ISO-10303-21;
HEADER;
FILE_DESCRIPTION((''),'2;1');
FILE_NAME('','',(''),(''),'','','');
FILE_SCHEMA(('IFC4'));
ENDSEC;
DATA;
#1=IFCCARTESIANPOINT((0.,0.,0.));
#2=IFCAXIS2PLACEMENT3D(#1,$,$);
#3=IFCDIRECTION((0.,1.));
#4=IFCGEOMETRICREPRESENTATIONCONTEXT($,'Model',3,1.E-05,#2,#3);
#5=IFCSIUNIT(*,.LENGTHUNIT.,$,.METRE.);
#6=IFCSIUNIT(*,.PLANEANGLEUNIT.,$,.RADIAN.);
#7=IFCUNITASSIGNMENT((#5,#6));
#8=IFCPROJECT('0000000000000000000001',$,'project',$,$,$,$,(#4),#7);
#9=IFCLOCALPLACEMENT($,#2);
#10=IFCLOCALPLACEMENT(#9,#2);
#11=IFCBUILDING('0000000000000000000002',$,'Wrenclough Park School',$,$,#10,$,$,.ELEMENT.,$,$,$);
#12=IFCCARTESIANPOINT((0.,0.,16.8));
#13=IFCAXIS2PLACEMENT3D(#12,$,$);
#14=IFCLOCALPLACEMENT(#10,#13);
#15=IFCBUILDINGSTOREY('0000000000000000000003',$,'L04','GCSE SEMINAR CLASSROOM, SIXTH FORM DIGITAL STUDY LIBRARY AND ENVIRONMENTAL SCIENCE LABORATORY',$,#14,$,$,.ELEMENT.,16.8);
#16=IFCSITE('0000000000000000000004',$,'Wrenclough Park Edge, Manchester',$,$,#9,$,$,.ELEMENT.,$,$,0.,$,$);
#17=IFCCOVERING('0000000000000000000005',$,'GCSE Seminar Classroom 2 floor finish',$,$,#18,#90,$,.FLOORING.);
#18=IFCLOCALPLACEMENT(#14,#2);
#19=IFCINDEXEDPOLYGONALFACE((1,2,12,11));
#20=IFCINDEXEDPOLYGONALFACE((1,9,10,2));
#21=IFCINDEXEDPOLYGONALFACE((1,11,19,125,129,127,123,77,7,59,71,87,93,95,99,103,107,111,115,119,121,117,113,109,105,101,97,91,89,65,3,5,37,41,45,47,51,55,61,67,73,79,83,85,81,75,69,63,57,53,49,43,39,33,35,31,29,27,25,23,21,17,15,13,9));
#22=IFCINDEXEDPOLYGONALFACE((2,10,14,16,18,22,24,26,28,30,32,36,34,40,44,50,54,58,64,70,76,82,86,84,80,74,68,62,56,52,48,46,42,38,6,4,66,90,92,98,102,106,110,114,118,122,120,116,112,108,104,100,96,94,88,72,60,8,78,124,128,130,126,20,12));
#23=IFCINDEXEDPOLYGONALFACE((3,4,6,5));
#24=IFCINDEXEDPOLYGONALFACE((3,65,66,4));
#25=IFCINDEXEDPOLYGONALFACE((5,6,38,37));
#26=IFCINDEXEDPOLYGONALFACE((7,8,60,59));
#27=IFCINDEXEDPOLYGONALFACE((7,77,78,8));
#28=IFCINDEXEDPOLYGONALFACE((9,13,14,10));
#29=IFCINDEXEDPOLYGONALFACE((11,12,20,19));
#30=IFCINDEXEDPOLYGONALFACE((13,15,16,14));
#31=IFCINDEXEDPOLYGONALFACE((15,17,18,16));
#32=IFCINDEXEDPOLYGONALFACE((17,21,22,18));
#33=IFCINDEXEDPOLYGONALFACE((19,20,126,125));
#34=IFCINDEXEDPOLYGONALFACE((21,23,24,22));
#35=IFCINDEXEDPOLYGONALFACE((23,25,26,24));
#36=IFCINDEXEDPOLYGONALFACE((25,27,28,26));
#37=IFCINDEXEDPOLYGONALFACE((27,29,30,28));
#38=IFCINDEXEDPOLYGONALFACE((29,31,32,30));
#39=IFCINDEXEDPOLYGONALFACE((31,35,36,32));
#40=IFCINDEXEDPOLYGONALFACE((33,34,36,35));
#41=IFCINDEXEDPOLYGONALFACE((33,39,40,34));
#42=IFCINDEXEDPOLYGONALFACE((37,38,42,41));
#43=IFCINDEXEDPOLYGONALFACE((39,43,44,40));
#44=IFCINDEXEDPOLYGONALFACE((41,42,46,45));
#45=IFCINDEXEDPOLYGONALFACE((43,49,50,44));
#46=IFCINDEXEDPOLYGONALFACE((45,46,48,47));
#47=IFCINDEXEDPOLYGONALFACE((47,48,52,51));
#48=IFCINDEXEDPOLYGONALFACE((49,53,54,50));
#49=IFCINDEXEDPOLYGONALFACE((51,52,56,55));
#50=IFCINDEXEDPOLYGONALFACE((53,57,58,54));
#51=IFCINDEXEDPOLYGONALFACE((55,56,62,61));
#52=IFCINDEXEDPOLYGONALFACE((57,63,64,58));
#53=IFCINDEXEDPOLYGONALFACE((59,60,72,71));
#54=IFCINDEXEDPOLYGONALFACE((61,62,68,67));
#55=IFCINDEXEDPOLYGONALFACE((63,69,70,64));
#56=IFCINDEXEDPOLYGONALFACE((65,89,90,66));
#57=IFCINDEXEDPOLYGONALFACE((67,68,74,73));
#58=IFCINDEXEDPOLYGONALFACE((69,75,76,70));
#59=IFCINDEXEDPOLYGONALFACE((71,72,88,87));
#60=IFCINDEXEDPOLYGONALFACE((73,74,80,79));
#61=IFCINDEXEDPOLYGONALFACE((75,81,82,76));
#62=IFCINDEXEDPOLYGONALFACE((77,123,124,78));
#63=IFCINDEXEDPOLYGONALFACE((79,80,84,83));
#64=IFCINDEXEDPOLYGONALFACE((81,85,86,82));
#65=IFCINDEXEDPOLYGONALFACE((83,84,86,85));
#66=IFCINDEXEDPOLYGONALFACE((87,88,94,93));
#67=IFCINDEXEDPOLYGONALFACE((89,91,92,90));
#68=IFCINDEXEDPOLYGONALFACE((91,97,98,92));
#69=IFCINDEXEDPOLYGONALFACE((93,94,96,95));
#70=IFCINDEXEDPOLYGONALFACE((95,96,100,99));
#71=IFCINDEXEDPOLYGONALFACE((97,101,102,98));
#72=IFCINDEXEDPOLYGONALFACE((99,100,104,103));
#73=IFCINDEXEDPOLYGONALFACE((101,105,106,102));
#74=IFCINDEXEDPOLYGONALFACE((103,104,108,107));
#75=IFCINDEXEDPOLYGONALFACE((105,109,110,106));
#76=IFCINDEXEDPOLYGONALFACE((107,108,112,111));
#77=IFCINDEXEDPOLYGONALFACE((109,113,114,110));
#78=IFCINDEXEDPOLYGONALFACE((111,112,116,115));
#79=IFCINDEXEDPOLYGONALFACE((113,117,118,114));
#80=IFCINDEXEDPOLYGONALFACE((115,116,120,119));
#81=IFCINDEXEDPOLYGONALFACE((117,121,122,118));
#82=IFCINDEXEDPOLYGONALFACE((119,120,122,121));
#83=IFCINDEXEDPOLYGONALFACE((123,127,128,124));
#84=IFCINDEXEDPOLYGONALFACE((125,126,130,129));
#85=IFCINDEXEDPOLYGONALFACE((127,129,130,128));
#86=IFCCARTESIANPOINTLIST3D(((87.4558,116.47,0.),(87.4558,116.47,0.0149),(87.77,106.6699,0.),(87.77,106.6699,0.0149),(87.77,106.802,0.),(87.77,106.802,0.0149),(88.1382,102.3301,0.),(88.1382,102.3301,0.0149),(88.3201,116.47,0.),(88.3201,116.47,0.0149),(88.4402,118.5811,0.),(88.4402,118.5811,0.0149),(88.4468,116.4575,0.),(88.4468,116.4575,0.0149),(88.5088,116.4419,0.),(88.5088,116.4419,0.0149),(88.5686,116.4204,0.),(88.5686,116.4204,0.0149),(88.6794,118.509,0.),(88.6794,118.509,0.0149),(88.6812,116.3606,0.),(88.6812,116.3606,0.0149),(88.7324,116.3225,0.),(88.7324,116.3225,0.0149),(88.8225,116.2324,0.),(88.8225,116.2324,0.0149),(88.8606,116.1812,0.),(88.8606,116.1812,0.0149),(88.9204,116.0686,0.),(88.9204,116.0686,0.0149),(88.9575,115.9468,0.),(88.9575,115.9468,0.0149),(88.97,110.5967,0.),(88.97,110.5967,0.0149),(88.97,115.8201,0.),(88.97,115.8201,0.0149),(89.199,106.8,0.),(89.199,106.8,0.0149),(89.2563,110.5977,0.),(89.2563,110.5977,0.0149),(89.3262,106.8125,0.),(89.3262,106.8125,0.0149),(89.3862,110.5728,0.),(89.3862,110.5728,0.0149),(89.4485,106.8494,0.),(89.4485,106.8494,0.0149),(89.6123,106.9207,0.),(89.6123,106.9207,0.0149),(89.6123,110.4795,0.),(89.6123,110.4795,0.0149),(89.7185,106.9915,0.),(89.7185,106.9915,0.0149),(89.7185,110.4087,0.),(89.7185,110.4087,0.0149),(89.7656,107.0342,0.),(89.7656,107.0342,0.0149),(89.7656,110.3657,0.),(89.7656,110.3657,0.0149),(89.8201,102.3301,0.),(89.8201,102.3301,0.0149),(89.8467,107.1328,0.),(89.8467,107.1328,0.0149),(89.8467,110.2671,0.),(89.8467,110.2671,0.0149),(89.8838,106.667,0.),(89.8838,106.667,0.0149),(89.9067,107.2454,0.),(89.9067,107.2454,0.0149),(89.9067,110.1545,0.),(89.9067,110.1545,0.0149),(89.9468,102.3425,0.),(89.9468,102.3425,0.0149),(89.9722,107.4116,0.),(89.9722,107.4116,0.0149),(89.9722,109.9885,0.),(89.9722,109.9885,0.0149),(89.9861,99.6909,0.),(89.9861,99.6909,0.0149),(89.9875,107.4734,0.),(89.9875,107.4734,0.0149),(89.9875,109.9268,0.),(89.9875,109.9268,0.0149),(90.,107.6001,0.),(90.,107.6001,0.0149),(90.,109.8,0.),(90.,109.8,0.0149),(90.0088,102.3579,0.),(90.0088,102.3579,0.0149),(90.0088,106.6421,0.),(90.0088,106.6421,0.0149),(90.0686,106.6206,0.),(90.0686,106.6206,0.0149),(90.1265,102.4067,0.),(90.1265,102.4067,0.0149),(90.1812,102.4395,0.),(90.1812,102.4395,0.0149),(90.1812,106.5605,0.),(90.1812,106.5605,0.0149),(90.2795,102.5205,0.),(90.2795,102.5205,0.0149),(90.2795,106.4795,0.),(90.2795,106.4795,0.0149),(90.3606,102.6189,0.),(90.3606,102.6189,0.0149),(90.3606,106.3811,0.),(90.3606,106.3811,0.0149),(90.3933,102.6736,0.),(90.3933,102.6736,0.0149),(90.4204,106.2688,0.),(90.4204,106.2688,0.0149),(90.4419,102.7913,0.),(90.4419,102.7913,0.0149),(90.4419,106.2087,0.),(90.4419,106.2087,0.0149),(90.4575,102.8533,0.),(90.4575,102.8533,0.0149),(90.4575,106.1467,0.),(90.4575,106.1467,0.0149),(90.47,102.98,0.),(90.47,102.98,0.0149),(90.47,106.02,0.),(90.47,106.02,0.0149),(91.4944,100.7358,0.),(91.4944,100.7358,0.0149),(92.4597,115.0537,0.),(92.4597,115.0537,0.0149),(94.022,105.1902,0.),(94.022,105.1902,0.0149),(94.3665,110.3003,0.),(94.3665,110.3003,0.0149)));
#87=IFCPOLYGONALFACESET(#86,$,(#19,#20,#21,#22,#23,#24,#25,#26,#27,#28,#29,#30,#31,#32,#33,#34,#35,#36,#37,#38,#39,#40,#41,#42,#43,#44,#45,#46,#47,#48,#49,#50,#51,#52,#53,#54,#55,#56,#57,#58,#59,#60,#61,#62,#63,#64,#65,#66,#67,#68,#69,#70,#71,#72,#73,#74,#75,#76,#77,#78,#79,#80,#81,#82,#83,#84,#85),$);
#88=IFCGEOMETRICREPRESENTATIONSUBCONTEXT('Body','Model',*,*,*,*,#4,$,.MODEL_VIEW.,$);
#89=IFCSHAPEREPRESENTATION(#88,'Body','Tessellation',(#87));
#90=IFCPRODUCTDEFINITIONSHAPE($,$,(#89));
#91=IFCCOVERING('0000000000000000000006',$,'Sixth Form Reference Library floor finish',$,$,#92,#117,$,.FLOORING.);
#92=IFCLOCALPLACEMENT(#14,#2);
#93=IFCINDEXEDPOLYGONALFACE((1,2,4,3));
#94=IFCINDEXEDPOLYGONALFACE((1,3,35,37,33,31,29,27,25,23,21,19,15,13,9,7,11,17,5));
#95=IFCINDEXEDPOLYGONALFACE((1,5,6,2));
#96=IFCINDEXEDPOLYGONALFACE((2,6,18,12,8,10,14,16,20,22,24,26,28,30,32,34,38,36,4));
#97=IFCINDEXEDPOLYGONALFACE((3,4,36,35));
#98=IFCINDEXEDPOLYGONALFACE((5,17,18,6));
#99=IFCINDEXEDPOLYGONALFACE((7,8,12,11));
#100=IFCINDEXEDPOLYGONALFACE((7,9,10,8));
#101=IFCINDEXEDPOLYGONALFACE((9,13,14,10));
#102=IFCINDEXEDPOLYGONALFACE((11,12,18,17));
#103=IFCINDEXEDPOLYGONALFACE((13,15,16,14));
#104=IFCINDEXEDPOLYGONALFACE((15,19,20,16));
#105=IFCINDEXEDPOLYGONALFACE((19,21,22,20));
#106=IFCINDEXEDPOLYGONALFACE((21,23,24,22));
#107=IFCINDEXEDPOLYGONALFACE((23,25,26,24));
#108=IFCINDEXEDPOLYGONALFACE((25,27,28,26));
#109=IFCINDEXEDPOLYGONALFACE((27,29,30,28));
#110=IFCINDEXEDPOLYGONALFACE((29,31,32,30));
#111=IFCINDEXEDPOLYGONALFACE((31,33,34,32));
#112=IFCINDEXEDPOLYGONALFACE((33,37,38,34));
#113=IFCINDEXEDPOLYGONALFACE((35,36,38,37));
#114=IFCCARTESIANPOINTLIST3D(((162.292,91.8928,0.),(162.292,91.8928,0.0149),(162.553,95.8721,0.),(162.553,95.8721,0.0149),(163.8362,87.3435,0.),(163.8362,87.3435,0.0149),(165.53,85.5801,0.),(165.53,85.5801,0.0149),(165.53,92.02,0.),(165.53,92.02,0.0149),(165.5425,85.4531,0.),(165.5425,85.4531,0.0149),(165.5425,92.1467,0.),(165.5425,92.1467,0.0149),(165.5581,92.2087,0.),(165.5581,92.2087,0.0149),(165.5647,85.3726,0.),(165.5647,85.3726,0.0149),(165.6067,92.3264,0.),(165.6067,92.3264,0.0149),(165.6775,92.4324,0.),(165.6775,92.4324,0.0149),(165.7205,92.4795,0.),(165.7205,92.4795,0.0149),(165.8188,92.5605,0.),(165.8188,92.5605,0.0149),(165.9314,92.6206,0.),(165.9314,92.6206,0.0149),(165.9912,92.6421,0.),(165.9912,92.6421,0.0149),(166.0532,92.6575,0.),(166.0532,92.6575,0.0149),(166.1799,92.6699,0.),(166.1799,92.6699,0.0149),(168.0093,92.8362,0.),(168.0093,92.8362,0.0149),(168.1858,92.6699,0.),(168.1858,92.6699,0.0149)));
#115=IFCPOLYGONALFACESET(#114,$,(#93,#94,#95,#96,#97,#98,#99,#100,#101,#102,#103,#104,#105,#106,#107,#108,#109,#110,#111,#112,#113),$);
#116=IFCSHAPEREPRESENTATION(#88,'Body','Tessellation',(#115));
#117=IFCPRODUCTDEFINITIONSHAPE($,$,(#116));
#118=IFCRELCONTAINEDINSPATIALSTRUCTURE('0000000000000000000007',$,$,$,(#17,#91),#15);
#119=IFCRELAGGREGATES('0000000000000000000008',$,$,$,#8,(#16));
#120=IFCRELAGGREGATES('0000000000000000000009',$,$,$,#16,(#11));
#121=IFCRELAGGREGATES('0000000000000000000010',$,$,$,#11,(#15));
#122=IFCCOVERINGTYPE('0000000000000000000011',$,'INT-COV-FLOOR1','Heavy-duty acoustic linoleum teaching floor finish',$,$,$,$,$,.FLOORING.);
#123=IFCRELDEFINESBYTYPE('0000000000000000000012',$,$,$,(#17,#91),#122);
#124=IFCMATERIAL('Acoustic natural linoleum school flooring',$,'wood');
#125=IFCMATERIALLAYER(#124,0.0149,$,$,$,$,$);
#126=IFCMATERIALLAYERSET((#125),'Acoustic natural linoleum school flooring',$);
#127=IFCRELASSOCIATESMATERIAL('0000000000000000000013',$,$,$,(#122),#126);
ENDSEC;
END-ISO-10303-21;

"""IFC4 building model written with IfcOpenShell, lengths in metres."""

from ifc_helpers import new_model, si_unit, direction, frame, origin, place, context, subcontext, project, spatial, polyline, outline, extrude, material, layer, layer_set, type_object, element, save


model = new_model("IFC4")

# Units and contexts
model_context = context("Model", 3, precision=1e-05, world=origin(), true_north=direction((0.0, 1.0)))
body_context = subcontext(model_context, "Body", "Model", "MODEL_VIEW")
ifc_project = project(units=[si_unit("LENGTHUNIT", "METRE"), si_unit("PLANEANGLEUNIT", "RADIAN")], contexts=[model_context])

# Site, building, storey
site_placement = place(None, origin())
site = spatial("IfcSite", under=ifc_project, at=site_placement, Name="Wrenclough Park Edge, Manchester", CompositionType="ELEMENT", RefElevation=0.0)
building_placement = place(site_placement, origin())
building = spatial("IfcBuilding", under=site, at=building_placement, Name="Wrenclough Park School", CompositionType="ELEMENT")
storey_placement = place(building_placement, frame((0.0, 0.0, 16.8)))
storey = spatial("IfcBuildingStorey", under=building, at=storey_placement, Name="L04", Description="GCSE SEMINAR CLASSROOM, SIXTH FORM DIGITAL STUDY LIBRARY AND ENVIRONMENTAL SCIENCE LABORATORY", CompositionType="ELEMENT", Elevation=16.8)

# Coverings
ifc_material_1 = material(Name="Acoustic natural linoleum school flooring", Category="wood")
ifc_layer_1 = layer(ifc_material_1, 0.0149)
ifc_layer_set_1 = layer_set([ifc_layer_1], Name="Acoustic natural linoleum school flooring")
covering_type_1 = type_object("IfcCoveringType", Name="INT-COV-FLOOR1", Description="Heavy-duty acoustic linoleum teaching floor finish", PredefinedType="FLOORING", material=ifc_layer_set_1)
covering_1_placement = place(storey_placement, origin())
element("IfcCovering", 1, at=covering_1_placement, inside=storey, type_object=covering_type_1, Name="GCSE Seminar Classroom 2 floor finish", PredefinedType="FLOORING", context=body_context, shape_type="SweptSolid", body=[
    extrude(outline(polyline([(89.199, 106.8), (87.77, 106.802), (87.77, 106.6699), (89.8838, 106.667), (90.0088, 106.6421), (90.0686, 106.6206), (90.1812, 106.5605), (90.2795, 106.4795), (90.3606, 106.3811), (90.4204, 106.2688), (90.4419, 106.2087), (90.4575, 106.1467), (90.47, 106.02), (90.47, 102.98), (90.4575, 102.8533), (90.4419, 102.7913), (90.3933, 102.6736), (90.3606, 102.6189), (90.2795, 102.5205), (90.1812, 102.4395), (90.1265, 102.4067), (90.0088, 102.3579), (89.9468, 102.3425), (89.8201, 102.3301), (88.1382, 102.3301), (89.9861, 99.6909), (91.4944, 100.7358), (94.022, 105.1902), (94.3665, 110.3003), (92.4597, 115.0537), (88.6794, 118.509), (88.4402, 118.5811), (87.4558, 116.47), (88.3201, 116.47), (88.4468, 116.4575), (88.5088, 116.4419), (88.5686, 116.4204), (88.6812, 116.3606), (88.7324, 116.3225), (88.8225, 116.2324), (88.8606, 116.1812), (88.9204, 116.0686), (88.9575, 115.9468), (88.97, 115.8201), (88.97, 110.5967), (89.2563, 110.5977), (89.3862, 110.5728), (89.6123, 110.4795), (89.7185, 110.4087), (89.7656, 110.3657), (89.8467, 110.2671), (89.9067, 110.1545), (89.9722, 109.9885), (89.9875, 109.9268), (90.0, 109.8), (90.0, 107.6001), (89.9875, 107.4734), (89.9722, 107.4116), (89.9067, 107.2454), (89.8467, 107.1328), (89.7656, 107.0342), (89.7185, 106.9915), (89.6123, 106.9207), (89.4485, 106.8494), (89.3262, 106.8125), (89.199, 106.8)])), origin(), (0.0, 0.0, 1.0), 0.0149),
])
covering_2_placement = place(storey_placement, origin())
element("IfcCovering", 2, at=covering_2_placement, inside=storey, type_object=covering_type_1, Name="Sixth Form Reference Library floor finish", PredefinedType="FLOORING", context=body_context, shape_type="SweptSolid", body=[
    extrude(outline(polyline([(168.0093, 92.8362), (162.553, 95.8721), (162.292, 91.8928), (163.8362, 87.3435), (165.5647, 85.3726), (165.5425, 85.4531), (165.53, 85.5801), (165.53, 92.02), (165.5425, 92.1467), (165.5581, 92.2087), (165.6067, 92.3264), (165.6775, 92.4324), (165.7205, 92.4795), (165.8188, 92.5605), (165.9314, 92.6206), (165.9912, 92.6421), (166.0532, 92.6575), (166.1799, 92.6699), (168.1858, 92.6699), (168.0093, 92.8362)])), origin(), (0.0, 0.0, 1.0), 0.0149),
])

save(model, "model.ifc")
